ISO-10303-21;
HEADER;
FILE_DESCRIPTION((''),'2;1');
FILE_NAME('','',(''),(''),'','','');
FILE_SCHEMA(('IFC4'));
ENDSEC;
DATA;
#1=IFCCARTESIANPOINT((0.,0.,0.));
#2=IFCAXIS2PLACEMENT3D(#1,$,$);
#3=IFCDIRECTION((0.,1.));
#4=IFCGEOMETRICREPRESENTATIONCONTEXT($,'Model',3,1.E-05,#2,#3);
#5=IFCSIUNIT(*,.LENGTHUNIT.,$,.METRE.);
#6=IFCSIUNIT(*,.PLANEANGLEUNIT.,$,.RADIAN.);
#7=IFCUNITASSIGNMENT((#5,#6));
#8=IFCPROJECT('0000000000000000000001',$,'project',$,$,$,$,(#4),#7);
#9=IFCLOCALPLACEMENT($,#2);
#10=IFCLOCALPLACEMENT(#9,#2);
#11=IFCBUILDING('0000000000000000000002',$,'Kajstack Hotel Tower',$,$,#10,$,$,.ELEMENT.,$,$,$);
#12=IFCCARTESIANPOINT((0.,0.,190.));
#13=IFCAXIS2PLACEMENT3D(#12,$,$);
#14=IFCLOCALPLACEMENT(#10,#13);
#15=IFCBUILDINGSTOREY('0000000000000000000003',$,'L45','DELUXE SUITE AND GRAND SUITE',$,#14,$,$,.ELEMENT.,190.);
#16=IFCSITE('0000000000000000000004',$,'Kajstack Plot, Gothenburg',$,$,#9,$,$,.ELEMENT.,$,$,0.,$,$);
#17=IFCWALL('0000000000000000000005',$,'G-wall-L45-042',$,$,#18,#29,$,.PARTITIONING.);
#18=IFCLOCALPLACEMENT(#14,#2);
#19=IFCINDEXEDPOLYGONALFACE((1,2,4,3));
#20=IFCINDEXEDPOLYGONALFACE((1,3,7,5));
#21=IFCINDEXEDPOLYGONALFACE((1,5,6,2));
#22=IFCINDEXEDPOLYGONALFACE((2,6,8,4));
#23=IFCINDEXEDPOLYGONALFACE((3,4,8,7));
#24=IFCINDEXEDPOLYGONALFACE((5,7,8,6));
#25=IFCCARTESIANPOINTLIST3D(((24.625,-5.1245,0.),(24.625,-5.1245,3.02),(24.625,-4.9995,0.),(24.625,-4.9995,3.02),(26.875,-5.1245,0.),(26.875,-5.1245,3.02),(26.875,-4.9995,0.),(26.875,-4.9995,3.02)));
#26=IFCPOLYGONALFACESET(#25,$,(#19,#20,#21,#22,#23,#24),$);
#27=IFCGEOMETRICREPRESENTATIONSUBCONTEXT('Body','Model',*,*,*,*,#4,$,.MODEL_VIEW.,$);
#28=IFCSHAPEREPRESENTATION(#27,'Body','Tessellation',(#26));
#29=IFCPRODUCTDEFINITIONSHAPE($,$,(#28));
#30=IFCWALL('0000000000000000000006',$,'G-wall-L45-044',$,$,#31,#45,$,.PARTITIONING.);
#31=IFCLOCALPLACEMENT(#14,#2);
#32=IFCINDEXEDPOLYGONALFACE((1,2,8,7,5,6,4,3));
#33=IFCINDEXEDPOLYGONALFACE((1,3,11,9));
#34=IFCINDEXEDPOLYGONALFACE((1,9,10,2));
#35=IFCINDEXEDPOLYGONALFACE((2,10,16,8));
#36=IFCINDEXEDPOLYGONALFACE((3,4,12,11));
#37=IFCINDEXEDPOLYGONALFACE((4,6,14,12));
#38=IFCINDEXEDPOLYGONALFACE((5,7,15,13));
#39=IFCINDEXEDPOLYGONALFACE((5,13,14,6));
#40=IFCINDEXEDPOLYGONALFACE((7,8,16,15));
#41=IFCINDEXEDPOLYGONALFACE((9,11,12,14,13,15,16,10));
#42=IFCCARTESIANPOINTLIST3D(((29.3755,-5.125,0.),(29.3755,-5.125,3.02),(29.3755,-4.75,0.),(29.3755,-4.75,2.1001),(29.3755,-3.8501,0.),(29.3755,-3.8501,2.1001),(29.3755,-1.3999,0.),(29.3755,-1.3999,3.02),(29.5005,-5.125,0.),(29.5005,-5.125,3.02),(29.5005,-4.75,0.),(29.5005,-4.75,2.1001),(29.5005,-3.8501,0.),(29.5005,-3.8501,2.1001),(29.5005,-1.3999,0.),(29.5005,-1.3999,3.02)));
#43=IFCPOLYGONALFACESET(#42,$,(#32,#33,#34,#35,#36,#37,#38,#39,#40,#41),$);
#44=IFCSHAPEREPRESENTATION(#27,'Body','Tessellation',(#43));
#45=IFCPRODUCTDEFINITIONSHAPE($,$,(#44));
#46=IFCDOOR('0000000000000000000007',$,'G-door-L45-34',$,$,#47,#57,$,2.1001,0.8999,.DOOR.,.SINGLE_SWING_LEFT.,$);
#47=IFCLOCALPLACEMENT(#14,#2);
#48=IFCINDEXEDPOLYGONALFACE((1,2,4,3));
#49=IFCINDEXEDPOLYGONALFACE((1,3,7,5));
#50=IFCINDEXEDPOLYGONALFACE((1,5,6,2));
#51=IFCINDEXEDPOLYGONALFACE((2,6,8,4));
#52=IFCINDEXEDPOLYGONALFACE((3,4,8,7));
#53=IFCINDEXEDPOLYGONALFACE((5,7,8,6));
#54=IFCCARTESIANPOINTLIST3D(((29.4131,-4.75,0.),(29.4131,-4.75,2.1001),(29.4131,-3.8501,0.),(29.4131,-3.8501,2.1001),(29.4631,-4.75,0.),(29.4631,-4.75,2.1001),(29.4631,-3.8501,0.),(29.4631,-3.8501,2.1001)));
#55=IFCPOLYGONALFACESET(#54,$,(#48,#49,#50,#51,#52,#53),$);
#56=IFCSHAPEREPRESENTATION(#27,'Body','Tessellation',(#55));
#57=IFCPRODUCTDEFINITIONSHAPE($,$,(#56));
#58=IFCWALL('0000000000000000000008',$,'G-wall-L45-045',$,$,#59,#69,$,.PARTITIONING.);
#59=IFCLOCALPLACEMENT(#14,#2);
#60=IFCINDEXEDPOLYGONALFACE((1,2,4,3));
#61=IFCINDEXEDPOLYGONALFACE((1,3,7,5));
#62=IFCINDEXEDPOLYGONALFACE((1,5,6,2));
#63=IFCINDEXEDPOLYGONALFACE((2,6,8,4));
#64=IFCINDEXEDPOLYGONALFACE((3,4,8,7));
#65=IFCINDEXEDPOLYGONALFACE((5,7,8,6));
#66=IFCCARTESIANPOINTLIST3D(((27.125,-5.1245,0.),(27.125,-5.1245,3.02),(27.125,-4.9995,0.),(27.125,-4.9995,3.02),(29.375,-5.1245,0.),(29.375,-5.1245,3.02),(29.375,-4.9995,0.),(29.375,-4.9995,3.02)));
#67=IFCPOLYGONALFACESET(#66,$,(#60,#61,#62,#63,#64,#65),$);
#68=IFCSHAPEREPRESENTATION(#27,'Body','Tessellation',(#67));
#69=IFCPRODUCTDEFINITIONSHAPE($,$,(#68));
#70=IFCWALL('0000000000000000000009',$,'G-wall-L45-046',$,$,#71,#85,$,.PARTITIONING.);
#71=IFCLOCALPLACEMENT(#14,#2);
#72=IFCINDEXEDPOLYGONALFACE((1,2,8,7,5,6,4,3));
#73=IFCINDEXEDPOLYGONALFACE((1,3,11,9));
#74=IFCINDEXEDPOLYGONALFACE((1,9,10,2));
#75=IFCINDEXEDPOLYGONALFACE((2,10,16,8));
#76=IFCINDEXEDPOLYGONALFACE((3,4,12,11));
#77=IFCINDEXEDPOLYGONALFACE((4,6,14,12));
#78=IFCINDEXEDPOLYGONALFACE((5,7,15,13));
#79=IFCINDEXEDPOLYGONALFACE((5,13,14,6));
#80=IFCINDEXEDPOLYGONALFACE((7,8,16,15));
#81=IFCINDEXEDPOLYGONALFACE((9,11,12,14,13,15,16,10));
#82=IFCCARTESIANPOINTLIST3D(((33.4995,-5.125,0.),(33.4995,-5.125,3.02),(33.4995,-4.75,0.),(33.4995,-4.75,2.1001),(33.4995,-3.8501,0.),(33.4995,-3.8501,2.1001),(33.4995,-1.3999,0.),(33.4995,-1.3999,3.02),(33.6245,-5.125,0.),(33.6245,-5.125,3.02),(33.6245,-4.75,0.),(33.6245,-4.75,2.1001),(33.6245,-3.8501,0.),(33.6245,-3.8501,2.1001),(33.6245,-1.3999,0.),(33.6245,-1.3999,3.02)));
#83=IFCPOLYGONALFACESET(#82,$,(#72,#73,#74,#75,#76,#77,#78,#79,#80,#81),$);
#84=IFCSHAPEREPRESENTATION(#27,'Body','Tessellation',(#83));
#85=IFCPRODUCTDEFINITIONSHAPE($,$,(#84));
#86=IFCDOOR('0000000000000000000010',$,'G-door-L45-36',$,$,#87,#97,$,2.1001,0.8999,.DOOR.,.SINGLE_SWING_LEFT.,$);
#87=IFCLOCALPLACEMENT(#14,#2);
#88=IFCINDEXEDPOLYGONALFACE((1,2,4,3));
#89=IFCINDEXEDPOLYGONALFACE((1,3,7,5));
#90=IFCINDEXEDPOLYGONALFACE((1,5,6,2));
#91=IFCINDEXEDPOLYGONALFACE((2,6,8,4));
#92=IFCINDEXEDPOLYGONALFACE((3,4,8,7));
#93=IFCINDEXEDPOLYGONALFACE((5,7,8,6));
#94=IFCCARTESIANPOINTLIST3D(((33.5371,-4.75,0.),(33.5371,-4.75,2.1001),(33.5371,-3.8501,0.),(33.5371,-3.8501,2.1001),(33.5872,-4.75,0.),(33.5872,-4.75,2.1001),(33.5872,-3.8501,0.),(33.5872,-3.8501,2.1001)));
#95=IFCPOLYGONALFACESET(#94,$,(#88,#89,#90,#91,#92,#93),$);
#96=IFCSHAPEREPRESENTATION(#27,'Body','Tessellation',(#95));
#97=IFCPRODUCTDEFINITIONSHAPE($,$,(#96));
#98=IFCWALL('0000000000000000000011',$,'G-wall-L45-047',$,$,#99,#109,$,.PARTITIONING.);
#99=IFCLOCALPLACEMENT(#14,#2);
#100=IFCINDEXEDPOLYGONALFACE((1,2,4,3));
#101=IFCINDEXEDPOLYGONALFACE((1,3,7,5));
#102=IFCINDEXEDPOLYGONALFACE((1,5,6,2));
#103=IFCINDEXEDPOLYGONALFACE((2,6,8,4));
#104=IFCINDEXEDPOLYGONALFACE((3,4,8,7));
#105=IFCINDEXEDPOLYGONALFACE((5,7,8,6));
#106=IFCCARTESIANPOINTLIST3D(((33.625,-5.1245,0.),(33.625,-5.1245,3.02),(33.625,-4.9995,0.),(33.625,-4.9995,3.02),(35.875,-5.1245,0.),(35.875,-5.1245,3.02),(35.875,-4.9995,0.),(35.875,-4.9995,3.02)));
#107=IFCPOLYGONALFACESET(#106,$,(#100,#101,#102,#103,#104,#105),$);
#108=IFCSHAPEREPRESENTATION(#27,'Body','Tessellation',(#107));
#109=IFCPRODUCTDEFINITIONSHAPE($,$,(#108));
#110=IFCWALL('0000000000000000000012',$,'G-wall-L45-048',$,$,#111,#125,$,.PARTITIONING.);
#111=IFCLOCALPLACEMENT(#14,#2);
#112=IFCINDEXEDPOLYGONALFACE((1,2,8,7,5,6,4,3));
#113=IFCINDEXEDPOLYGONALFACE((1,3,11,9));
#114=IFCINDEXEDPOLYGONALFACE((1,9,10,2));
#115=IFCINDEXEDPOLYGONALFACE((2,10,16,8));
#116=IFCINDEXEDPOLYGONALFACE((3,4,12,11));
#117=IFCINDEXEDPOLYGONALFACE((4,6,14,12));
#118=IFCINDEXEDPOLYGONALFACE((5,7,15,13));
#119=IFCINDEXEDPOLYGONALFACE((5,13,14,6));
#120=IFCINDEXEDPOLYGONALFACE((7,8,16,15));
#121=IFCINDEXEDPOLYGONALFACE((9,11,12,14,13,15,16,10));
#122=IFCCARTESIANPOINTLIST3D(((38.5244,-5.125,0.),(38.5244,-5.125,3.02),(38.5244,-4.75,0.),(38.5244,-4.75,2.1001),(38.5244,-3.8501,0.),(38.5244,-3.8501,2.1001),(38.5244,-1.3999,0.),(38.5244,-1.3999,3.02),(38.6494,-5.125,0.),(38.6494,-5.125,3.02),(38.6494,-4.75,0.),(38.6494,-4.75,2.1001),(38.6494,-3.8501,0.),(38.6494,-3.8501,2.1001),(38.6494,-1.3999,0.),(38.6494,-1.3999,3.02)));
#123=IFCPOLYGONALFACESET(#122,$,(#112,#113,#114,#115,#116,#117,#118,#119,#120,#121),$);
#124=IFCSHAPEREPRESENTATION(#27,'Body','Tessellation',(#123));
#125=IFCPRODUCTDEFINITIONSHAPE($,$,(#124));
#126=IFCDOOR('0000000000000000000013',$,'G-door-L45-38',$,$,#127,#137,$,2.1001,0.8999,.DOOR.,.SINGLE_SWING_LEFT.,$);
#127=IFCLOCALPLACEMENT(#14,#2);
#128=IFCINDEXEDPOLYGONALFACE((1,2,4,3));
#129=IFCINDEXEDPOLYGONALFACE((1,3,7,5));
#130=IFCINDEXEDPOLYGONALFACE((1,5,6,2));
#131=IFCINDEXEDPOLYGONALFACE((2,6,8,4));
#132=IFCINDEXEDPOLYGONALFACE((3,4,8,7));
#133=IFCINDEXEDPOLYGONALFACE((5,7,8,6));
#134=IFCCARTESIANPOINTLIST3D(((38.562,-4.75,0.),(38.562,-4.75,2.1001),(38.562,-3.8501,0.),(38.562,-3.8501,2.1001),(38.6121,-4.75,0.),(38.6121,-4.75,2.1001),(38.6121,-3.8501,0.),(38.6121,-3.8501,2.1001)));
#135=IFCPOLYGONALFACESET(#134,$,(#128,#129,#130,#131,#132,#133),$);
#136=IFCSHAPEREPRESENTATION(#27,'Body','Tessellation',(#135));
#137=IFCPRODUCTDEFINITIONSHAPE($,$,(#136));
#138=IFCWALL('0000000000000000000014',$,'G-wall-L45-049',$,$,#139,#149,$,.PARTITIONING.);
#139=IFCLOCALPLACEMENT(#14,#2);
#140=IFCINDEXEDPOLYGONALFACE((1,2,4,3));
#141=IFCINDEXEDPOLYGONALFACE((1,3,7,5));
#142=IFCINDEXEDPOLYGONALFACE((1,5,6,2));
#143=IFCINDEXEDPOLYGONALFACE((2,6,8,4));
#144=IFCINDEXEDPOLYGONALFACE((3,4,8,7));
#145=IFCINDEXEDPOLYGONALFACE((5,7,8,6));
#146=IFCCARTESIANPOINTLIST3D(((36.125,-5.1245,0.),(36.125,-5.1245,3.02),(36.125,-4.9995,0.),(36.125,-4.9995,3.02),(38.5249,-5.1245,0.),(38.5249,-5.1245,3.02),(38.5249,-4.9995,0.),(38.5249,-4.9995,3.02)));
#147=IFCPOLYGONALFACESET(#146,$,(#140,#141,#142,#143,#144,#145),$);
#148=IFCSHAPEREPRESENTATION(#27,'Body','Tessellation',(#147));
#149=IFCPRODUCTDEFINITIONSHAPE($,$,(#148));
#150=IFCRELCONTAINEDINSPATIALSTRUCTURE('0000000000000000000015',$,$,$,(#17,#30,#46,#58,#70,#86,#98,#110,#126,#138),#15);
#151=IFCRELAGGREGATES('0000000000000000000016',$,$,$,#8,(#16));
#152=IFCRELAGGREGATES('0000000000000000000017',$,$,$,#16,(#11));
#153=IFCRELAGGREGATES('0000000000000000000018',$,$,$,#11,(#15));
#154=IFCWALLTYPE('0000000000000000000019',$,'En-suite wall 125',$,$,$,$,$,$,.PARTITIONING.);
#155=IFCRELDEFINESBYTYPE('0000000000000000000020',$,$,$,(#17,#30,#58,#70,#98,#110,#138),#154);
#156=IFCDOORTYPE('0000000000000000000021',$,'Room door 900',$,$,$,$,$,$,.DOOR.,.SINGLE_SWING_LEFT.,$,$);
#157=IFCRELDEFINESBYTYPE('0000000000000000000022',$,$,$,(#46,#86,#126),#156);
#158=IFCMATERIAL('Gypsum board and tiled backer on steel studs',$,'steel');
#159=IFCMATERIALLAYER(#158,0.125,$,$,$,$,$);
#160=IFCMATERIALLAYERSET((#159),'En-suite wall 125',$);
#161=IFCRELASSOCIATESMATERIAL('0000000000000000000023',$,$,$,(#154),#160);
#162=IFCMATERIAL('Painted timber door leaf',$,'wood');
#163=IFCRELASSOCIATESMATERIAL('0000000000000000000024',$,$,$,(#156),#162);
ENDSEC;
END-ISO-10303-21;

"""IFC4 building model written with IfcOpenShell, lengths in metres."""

from ifc_helpers import new_model, si_unit, direction, frame, frame_2d, origin, place, context, subcontext, project, spatial, rectangle, extrude, material, layer, layer_set, type_object, element, fill, save


model = new_model("IFC4")

# Units and contexts
model_context = context("Model", 3, precision=1e-05, world=origin(), true_north=direction((0.0, 1.0)))
body_context = subcontext(model_context, "Body", "Model", "MODEL_VIEW")
ifc_project = project(units=[si_unit("LENGTHUNIT", "METRE"), si_unit("PLANEANGLEUNIT", "RADIAN")], contexts=[model_context])

# Site, building, storey
site_placement = place(None, origin())
site = spatial("IfcSite", under=ifc_project, at=site_placement, Name="Kajstack Plot, Gothenburg", CompositionType="ELEMENT", RefElevation=0.0)
building_placement = place(site_placement, origin())
building = spatial("IfcBuilding", under=site, at=building_placement, Name="Kajstack Hotel Tower", CompositionType="ELEMENT")
storey_placement = place(building_placement, frame((0.0, 0.0, 190.0)))
storey = spatial("IfcBuildingStorey", under=building, at=storey_placement, Name="L45", Description="DELUXE SUITE AND GRAND SUITE", CompositionType="ELEMENT", Elevation=190.0)

# Wall
ifc_material_1 = material(Name="Gypsum board and tiled backer on steel studs", Category="steel")
ifc_layer_1 = layer(ifc_material_1, 0.125)
ifc_layer_set_1 = layer_set([ifc_layer_1], Name="En-suite wall 125")
wall_type_1 = type_object("IfcWallType", Name="En-suite wall 125", PredefinedType="PARTITIONING", material=ifc_layer_set_1)
wall_1_placement = place(storey_placement, frame((24.625, -5.062, 0.0), z_axis=(0.0, 0.0, 1.0), x_axis=(1.0, 0.0, 0.0)))
element("IfcWall", 1, at=wall_1_placement, inside=storey, type_object=wall_type_1, Name="G-wall-L45-042", PredefinedType="PARTITIONING", context=body_context, shape_type="SweptSolid", body=[
    extrude(rectangle(XDim=2.25, YDim=0.125, at=frame_2d((1.125, 0.0))), origin(), (0.0, 0.0, 1.0), 3.02),
])

# Wall, opening, door
wall_2_placement = place(storey_placement, frame((29.438, -5.125, 0.0), z_axis=(0.0, 0.0, 1.0), x_axis=(0.0, 1.0, 0.0)))
wall_2 = element("IfcWall", 2, at=wall_2_placement, inside=storey, type_object=wall_type_1, Name="G-wall-L45-044", PredefinedType="PARTITIONING", context=body_context, shape_type="SweptSolid", body=[
    extrude(rectangle(XDim=3.7251, YDim=0.125, at=frame_2d((1.8625, 0.0))), origin(), (0.0, 0.0, 1.0), 3.02),
])
opening_1_placement = place(wall_2_placement, frame((0.375, 0.0, 0.0)))
opening_1 = element("IfcOpeningElement", 3, at=opening_1_placement, cuts=wall_2, PredefinedType="OPENING", context=body_context, shape_type="SweptSolid", body=[
    extrude(rectangle(XDim=0.8999, YDim=2.1001, at=frame_2d((0.45, 1.05))), frame((0.0, 0.0725, 0.0), z_axis=(0.0, -1.0, 0.0), x_axis=(1.0, 0.0, 0.0)), (0.0, 0.0, 1.0), 0.145),
])
ifc_material_2 = material(Name="Painted timber door leaf", Category="wood")
door_type_1 = type_object("IfcDoorType", Name="Room door 900", OperationType="SINGLE_SWING_LEFT", PredefinedType="DOOR", material=ifc_material_2)
door_1_placement = place(opening_1_placement, origin())
door_1 = element("IfcDoor", 4, at=door_1_placement, inside=storey, type_object=door_type_1, Name="G-door-L45-34", OperationType="SINGLE_SWING_LEFT", OverallHeight=2.1001, OverallWidth=0.8999, PredefinedType="DOOR", context=body_context, shape_type="SweptSolid", body=[
    extrude(rectangle(XDim=0.8999, YDim=2.1001, at=frame_2d((0.45, 1.05))), frame((0.0, 0.0249, 0.0), z_axis=(0.0, -1.0, 0.0), x_axis=(1.0, 0.0, 0.0)), (0.0, 0.0, 1.0), 0.05),
])
fill(opening_1, door_1)

# Wall
wall_3_placement = place(storey_placement, frame((27.125, -5.062, 0.0), z_axis=(0.0, 0.0, 1.0), x_axis=(1.0, 0.0, 0.0)))
element("IfcWall", 5, at=wall_3_placement, inside=storey, type_object=wall_type_1, Name="G-wall-L45-045", PredefinedType="PARTITIONING", context=body_context, shape_type="SweptSolid", body=[
    extrude(rectangle(XDim=2.25, YDim=0.125, at=frame_2d((1.125, 0.0))), origin(), (0.0, 0.0, 1.0), 3.02),
])

# Wall, opening, door
wall_4_placement = place(storey_placement, frame((33.562, -5.125, 0.0), z_axis=(0.0, 0.0, 1.0), x_axis=(0.0, 1.0, 0.0)))
wall_4 = element("IfcWall", 6, at=wall_4_placement, inside=storey, type_object=wall_type_1, Name="G-wall-L45-046", PredefinedType="PARTITIONING", context=body_context, shape_type="SweptSolid", body=[
    extrude(rectangle(XDim=3.7251, YDim=0.125, at=frame_2d((1.8625, 0.0))), origin(), (0.0, 0.0, 1.0), 3.02),
])
opening_2_placement = place(wall_4_placement, frame((0.375, 0.0, 0.0)))
opening_2 = element("IfcOpeningElement", 7, at=opening_2_placement, cuts=wall_4, PredefinedType="OPENING", context=body_context, shape_type="SweptSolid", body=[
    extrude(rectangle(XDim=0.8999, YDim=2.1001, at=frame_2d((0.45, 1.05))), frame((0.0, 0.0725, 0.0), z_axis=(0.0, -1.0, 0.0), x_axis=(1.0, 0.0, 0.0)), (0.0, 0.0, 1.0), 0.145),
])
door_2_placement = place(opening_2_placement, origin())
door_2 = element("IfcDoor", 8, at=door_2_placement, inside=storey, type_object=door_type_1, Name="G-door-L45-36", OperationType="SINGLE_SWING_LEFT", OverallHeight=2.1001, OverallWidth=0.8999, PredefinedType="DOOR", context=body_context, shape_type="SweptSolid", body=[
    extrude(rectangle(XDim=0.8999, YDim=2.1001, at=frame_2d((0.45, 1.05))), frame((0.0, 0.0249, 0.0), z_axis=(0.0, -1.0, 0.0), x_axis=(1.0, 0.0, 0.0)), (0.0, 0.0, 1.0), 0.05),
])
fill(opening_2, door_2)

# Wall
wall_5_placement = place(storey_placement, frame((33.625, -5.062, 0.0), z_axis=(0.0, 0.0, 1.0), x_axis=(1.0, 0.0, 0.0)))
element("IfcWall", 9, at=wall_5_placement, inside=storey, type_object=wall_type_1, Name="G-wall-L45-047", PredefinedType="PARTITIONING", context=body_context, shape_type="SweptSolid", body=[
    extrude(rectangle(XDim=2.25, YDim=0.125, at=frame_2d((1.125, 0.0))), origin(), (0.0, 0.0, 1.0), 3.02),
])

# Wall, opening, door
wall_6_placement = place(storey_placement, frame((38.5869, -5.125, 0.0), z_axis=(0.0, 0.0, 1.0), x_axis=(0.0, 1.0, 0.0)))
wall_6 = element("IfcWall", 10, at=wall_6_placement, inside=storey, type_object=wall_type_1, Name="G-wall-L45-048", PredefinedType="PARTITIONING", context=body_context, shape_type="SweptSolid", body=[
    extrude(rectangle(XDim=3.7251, YDim=0.125, at=frame_2d((1.8625, 0.0))), origin(), (0.0, 0.0, 1.0), 3.02),
])
opening_3_placement = place(wall_6_placement, frame((0.375, 0.0, 0.0)))
opening_3 = element("IfcOpeningElement", 11, at=opening_3_placement, cuts=wall_6, PredefinedType="OPENING", context=body_context, shape_type="SweptSolid", body=[
    extrude(rectangle(XDim=0.8999, YDim=2.1001, at=frame_2d((0.45, 1.05))), frame((0.0, 0.0725, 0.0), z_axis=(0.0, -1.0, 0.0), x_axis=(1.0, 0.0, 0.0)), (0.0, 0.0, 1.0), 0.145),
])
door_3_placement = place(opening_3_placement, origin())
door_3 = element("IfcDoor", 12, at=door_3_placement, inside=storey, type_object=door_type_1, Name="G-door-L45-38", OperationType="SINGLE_SWING_LEFT", OverallHeight=2.1001, OverallWidth=0.8999, PredefinedType="DOOR", context=body_context, shape_type="SweptSolid", body=[
    extrude(rectangle(XDim=0.8999, YDim=2.1001, at=frame_2d((0.45, 1.05))), frame((0.0, 0.0249, 0.0), z_axis=(0.0, -1.0, 0.0), x_axis=(1.0, 0.0, 0.0)), (0.0, 0.0, 1.0), 0.05),
])
fill(opening_3, door_3)

# Wall
wall_7_placement = place(storey_placement, frame((36.125, -5.062, 0.0), z_axis=(0.0, 0.0, 1.0), x_axis=(1.0, 0.0, 0.0)))
element("IfcWall", 13, at=wall_7_placement, inside=storey, type_object=wall_type_1, Name="G-wall-L45-049", PredefinedType="PARTITIONING", context=body_context, shape_type="SweptSolid", body=[
    extrude(rectangle(XDim=2.3999, YDim=0.125, at=frame_2d((1.2, 0.0))), origin(), (0.0, 0.0, 1.0), 3.02),
])

save(model, "model.ifc")
